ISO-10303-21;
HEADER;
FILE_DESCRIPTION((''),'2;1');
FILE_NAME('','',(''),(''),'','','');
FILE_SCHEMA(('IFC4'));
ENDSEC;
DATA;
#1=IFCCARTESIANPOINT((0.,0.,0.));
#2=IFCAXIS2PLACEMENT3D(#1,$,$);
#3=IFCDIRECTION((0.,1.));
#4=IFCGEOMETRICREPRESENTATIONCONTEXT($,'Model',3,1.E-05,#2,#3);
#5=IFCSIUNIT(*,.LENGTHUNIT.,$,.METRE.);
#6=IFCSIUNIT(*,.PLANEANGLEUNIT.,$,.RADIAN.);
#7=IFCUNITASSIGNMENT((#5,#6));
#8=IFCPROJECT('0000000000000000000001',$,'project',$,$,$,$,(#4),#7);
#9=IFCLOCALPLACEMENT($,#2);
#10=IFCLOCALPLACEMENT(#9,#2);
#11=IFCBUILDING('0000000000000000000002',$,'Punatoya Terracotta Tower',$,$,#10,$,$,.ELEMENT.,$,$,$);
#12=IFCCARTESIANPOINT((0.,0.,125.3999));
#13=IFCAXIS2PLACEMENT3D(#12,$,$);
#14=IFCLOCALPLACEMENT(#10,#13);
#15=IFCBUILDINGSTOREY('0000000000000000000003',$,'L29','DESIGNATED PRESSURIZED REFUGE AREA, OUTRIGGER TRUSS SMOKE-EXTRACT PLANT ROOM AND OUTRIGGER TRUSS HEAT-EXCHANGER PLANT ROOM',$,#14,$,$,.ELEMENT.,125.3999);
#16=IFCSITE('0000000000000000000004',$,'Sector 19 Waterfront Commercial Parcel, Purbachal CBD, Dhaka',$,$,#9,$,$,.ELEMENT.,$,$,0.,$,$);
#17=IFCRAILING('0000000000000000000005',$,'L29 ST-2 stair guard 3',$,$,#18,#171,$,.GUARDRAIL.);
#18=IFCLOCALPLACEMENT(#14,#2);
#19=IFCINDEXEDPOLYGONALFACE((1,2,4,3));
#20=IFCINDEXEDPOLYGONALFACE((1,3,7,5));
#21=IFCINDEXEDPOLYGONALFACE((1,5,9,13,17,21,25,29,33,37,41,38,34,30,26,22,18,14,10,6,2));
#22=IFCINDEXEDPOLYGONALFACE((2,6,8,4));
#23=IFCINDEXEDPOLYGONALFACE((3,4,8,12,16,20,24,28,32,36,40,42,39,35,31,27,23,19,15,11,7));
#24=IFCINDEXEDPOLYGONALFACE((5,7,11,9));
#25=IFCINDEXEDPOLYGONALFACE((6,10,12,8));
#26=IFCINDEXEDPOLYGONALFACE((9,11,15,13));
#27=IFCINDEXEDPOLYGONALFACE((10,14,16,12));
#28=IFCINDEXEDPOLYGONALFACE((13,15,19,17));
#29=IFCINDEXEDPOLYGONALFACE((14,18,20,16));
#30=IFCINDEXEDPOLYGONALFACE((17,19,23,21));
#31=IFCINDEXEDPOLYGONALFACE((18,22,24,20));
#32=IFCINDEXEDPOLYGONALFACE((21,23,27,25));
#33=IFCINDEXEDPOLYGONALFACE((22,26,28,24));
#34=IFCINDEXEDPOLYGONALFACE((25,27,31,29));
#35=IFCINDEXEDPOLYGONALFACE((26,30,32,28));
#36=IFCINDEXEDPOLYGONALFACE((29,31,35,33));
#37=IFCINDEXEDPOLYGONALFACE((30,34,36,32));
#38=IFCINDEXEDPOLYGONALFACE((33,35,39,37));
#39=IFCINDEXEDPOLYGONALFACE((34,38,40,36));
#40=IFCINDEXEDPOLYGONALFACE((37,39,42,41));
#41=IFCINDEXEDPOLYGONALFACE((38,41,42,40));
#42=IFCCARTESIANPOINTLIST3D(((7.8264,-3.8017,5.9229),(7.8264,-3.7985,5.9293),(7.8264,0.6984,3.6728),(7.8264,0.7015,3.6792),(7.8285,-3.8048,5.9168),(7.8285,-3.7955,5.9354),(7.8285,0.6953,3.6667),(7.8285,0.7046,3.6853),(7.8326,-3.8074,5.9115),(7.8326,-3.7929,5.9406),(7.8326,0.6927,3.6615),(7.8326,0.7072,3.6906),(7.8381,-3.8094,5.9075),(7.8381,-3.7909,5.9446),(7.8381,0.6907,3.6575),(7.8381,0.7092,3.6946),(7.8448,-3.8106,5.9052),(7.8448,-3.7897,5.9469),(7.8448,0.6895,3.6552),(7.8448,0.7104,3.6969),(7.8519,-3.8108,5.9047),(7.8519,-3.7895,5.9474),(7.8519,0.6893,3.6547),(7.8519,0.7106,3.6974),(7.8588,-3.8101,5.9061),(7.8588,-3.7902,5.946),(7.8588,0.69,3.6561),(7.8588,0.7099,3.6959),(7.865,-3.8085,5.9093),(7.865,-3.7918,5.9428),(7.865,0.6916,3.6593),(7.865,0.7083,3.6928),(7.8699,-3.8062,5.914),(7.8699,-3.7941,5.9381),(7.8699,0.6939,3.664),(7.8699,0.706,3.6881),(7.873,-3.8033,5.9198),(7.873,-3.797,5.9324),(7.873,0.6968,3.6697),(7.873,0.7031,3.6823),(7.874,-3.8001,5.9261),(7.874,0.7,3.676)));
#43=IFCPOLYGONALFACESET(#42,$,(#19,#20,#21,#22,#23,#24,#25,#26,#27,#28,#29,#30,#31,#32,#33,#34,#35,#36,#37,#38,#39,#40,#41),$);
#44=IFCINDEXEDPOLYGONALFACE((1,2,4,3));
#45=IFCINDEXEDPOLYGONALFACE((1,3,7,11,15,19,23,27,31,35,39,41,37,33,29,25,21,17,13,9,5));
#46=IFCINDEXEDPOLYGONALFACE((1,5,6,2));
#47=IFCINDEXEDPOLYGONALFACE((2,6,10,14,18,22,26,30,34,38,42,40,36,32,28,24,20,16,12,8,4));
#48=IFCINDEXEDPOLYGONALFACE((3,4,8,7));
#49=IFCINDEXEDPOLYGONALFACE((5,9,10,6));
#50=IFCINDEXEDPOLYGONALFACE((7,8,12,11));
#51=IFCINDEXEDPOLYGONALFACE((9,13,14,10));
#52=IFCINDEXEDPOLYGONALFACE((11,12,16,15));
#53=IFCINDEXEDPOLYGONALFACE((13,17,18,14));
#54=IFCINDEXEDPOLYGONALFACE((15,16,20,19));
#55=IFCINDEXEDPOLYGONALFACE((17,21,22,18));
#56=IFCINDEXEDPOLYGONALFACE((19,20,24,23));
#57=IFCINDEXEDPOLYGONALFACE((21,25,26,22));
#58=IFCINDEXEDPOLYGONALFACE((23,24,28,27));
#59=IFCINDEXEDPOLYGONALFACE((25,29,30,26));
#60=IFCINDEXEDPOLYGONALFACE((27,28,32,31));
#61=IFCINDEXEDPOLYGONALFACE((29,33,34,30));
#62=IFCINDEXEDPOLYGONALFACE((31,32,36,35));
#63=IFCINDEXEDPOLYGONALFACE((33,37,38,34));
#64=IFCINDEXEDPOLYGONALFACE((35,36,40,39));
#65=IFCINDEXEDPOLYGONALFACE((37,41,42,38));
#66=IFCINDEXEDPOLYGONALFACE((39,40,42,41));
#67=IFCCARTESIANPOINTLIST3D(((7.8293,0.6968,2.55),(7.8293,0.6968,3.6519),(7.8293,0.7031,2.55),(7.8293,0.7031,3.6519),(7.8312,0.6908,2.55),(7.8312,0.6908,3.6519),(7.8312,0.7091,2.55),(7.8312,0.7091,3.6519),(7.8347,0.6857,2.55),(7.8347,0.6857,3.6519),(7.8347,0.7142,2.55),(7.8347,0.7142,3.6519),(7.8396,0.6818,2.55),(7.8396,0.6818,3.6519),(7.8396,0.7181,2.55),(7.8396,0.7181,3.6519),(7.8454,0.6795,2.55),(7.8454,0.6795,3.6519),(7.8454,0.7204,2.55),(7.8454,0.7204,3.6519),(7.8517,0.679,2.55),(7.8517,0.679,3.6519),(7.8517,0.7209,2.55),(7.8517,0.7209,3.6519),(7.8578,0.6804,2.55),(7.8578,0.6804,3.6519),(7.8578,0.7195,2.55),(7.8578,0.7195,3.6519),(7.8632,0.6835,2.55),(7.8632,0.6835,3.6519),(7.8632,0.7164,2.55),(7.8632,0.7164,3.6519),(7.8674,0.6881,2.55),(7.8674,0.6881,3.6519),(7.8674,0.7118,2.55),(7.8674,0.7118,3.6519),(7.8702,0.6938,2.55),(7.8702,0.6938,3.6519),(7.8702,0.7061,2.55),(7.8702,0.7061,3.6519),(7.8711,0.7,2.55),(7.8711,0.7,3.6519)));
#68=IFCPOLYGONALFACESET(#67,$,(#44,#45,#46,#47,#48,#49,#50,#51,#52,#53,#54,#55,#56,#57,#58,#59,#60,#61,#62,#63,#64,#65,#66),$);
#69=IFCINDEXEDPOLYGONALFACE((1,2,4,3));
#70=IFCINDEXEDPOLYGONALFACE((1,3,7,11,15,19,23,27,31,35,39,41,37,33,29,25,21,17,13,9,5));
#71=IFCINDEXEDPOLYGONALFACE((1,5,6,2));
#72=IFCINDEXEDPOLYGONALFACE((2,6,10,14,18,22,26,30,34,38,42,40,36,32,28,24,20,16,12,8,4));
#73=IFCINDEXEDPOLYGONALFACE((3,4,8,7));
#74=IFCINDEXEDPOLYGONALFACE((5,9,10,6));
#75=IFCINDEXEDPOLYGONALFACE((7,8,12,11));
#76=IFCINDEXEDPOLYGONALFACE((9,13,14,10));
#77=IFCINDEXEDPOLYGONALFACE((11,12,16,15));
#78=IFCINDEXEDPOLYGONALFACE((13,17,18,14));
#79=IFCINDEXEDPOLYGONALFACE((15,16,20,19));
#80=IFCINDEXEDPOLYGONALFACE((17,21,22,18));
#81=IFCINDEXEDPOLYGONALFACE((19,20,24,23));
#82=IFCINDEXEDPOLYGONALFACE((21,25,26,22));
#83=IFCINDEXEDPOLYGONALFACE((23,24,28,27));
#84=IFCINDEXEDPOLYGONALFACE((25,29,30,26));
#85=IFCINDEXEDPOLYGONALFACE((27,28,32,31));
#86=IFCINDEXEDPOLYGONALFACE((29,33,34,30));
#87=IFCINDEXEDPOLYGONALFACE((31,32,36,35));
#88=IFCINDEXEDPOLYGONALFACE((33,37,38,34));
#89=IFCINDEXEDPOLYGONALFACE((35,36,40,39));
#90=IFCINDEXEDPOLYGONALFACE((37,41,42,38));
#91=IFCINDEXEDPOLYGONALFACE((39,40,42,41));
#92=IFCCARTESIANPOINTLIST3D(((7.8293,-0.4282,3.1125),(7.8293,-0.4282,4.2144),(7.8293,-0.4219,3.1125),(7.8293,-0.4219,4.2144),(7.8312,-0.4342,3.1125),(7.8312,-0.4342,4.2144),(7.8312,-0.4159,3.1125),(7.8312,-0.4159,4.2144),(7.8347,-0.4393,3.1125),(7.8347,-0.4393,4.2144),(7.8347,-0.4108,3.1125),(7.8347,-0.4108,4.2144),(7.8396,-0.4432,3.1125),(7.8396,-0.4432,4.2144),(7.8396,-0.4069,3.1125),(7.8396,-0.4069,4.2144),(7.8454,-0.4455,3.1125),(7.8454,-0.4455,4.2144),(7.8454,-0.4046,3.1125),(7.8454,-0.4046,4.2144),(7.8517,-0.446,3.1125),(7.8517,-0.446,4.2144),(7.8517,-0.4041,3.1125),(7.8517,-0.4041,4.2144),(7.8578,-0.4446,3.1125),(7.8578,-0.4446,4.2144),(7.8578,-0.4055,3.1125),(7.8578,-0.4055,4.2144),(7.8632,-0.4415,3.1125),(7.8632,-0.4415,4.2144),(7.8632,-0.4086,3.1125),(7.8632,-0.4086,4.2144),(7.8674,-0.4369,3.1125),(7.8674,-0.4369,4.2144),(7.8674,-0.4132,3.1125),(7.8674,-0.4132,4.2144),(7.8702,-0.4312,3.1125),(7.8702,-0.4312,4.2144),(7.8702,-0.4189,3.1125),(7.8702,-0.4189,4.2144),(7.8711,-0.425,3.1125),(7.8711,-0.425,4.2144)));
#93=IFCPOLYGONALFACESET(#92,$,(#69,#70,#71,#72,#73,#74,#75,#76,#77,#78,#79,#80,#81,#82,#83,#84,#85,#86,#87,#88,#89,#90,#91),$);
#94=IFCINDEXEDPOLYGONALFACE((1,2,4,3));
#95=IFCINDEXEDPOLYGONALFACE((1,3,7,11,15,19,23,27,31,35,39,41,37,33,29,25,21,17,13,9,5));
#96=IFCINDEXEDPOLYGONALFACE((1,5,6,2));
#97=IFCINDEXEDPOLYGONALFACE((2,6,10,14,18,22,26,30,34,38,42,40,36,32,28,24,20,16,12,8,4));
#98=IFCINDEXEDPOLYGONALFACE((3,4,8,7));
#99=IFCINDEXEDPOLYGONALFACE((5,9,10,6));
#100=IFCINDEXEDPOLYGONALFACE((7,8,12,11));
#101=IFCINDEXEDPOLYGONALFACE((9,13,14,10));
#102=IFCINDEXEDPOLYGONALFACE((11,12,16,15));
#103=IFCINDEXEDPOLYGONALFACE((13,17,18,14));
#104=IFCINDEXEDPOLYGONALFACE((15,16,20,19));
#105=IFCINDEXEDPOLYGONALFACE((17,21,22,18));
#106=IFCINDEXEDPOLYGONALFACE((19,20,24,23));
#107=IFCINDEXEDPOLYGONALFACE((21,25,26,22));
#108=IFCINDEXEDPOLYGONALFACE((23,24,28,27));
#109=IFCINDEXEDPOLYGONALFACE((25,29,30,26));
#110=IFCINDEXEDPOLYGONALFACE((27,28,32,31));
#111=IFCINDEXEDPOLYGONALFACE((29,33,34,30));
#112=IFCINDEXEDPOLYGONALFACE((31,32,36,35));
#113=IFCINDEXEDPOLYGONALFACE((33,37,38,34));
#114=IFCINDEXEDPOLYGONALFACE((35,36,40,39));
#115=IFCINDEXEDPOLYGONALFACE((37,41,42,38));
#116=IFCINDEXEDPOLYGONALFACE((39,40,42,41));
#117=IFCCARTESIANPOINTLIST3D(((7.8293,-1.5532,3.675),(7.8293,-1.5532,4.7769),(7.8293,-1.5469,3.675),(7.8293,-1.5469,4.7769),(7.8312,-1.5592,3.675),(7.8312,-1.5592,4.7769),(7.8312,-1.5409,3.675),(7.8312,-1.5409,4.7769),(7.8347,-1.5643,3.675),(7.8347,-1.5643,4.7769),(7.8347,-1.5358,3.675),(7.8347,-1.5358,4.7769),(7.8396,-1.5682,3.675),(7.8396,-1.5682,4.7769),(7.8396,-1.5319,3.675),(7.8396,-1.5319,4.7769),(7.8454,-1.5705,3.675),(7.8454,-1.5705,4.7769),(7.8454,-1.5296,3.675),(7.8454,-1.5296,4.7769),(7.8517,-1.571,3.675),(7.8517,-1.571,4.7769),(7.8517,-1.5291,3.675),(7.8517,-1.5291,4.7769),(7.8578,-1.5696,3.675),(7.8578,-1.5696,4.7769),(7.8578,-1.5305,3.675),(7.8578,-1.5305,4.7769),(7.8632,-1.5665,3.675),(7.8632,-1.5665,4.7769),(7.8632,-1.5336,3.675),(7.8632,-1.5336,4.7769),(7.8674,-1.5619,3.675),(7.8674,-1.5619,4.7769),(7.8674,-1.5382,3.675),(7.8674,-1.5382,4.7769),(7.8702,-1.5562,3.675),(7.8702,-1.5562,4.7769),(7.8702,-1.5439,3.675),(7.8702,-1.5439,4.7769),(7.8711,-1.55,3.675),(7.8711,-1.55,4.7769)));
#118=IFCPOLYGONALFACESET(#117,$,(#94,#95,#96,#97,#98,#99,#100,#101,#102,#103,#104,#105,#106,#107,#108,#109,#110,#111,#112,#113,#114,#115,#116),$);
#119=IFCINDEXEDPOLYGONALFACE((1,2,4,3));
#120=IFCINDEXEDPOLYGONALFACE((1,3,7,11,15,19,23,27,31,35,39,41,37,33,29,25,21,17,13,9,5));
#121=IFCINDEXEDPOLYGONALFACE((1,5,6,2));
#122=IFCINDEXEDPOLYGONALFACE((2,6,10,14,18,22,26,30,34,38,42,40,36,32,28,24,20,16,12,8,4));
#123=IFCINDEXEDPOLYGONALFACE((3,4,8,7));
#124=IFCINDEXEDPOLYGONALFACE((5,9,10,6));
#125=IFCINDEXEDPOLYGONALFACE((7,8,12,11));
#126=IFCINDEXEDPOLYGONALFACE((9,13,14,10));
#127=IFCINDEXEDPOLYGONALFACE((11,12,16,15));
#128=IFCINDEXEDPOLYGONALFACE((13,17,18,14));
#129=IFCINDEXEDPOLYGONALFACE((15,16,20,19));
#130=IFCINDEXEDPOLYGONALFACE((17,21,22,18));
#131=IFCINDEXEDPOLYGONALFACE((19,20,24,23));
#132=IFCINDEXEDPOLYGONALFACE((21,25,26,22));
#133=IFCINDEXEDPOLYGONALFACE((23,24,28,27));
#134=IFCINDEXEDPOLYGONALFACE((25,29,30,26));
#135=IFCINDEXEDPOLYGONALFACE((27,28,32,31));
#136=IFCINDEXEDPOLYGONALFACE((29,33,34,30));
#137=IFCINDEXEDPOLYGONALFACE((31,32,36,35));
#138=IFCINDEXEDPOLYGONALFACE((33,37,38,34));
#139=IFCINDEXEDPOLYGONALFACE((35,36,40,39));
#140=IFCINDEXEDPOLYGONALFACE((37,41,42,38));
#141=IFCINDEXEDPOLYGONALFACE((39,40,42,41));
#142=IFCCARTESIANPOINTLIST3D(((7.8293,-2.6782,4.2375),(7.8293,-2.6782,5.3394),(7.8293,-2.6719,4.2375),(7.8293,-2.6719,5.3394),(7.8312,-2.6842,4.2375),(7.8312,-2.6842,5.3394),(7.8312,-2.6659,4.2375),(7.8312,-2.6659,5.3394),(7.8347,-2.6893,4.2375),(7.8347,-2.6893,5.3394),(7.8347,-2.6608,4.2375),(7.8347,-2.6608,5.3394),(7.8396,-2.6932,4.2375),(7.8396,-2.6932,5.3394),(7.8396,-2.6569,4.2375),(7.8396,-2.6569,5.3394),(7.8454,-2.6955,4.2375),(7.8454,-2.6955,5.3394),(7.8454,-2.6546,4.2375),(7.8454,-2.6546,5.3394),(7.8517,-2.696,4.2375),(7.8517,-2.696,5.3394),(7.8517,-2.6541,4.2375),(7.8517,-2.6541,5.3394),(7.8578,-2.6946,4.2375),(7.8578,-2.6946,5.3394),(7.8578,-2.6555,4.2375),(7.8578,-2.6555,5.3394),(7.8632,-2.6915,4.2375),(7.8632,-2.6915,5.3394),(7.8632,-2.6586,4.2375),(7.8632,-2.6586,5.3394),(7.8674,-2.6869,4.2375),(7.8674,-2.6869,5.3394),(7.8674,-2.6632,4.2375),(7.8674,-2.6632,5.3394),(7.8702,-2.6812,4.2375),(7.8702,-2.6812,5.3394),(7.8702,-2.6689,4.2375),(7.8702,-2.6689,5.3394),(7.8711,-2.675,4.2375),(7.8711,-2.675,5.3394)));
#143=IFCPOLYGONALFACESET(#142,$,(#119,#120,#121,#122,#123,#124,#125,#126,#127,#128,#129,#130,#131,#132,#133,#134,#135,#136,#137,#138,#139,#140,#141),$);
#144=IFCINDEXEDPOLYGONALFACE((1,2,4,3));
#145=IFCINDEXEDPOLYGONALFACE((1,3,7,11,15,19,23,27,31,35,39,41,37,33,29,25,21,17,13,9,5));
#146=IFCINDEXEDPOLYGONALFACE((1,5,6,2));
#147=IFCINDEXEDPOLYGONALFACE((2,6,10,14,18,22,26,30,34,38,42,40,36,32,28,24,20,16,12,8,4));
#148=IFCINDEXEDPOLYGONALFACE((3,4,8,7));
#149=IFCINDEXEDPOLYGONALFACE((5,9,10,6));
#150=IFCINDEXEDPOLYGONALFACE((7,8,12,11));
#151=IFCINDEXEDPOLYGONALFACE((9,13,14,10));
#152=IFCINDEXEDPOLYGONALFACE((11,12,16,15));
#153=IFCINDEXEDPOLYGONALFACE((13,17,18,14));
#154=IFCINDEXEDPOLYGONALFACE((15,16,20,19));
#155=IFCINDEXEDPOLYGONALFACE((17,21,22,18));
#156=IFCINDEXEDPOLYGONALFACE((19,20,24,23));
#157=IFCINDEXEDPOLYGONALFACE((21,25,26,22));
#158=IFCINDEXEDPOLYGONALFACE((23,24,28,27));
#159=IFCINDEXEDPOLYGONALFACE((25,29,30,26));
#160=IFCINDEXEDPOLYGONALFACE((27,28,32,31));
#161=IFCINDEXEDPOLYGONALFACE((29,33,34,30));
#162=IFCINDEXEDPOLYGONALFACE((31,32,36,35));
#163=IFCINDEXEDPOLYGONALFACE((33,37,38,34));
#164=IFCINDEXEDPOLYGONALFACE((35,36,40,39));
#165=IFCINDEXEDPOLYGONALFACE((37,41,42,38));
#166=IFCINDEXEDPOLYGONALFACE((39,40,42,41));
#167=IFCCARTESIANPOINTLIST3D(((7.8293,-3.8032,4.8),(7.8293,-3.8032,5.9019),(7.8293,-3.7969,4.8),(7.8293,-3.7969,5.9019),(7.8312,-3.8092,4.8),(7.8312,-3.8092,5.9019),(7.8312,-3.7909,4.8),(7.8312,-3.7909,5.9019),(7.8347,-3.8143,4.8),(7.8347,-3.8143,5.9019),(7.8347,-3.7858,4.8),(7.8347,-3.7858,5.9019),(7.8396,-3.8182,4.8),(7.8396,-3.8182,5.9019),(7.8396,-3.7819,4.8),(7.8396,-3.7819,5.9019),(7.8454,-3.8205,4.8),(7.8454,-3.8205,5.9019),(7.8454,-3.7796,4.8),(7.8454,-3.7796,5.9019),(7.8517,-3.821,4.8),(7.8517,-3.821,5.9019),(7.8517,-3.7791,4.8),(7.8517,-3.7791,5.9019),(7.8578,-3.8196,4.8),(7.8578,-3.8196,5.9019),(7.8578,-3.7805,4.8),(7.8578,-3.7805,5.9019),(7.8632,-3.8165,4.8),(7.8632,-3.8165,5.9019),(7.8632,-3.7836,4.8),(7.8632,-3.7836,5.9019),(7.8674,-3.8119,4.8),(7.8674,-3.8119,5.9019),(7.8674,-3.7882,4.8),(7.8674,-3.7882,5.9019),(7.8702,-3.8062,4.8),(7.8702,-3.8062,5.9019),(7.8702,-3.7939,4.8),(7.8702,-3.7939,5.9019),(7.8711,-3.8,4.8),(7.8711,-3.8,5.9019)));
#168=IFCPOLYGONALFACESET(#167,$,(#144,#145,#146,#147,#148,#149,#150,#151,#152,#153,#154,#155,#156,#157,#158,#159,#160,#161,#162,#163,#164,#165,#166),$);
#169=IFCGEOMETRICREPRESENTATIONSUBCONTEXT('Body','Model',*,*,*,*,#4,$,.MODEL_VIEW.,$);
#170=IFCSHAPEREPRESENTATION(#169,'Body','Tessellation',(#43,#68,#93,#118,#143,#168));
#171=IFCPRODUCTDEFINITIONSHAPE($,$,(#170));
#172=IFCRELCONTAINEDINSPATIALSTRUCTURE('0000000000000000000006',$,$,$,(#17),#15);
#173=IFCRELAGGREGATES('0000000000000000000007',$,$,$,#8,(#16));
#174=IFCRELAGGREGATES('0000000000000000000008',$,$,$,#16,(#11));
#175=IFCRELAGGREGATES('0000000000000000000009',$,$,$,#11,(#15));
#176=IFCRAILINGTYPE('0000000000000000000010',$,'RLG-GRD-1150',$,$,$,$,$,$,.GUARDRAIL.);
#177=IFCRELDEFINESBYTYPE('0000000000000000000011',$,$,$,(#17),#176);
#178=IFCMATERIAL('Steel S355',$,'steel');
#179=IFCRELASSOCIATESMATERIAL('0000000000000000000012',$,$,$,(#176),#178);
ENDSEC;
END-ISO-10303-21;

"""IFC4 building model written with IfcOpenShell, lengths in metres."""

from ifc_helpers import new_model, si_unit, direction, frame, origin, origin_2d, place, context, subcontext, project, spatial, circle, extrude, material, type_object, element, save


model = new_model("IFC4")

# Units and contexts
model_context = context("Model", 3, precision=1e-05, world=origin(), true_north=direction((0.0, 1.0)))
body_context = subcontext(model_context, "Body", "Model", "MODEL_VIEW")
ifc_project = project(units=[si_unit("LENGTHUNIT", "METRE"), si_unit("PLANEANGLEUNIT", "RADIAN")], contexts=[model_context])

# Site, building, storey
site_placement = place(None, origin())
site = spatial("IfcSite", under=ifc_project, at=site_placement, Name="Sector 19 Waterfront Commercial Parcel, Purbachal CBD, Dhaka", CompositionType="ELEMENT", RefElevation=0.0)
building_placement = place(site_placement, origin())
building = spatial("IfcBuilding", under=site, at=building_placement, Name="Punatoya Terracotta Tower", CompositionType="ELEMENT")
storey_placement = place(building_placement, frame((0.0, 0.0, 125.3999)))
storey = spatial("IfcBuildingStorey", under=building, at=storey_placement, Name="L29", Description="DESIGNATED PRESSURIZED REFUGE AREA, OUTRIGGER TRUSS SMOKE-EXTRACT PLANT ROOM AND OUTRIGGER TRUSS HEAT-EXCHANGER PLANT ROOM", CompositionType="ELEMENT", Elevation=125.3999)

# Shared definitions
ifc_material_1 = material(Name="Steel S355", Category="steel")

# Railing
railing_type_1 = type_object("IfcRailingType", Name="RLG-GRD-1150", PredefinedType="GUARDRAIL", material=ifc_material_1)
railing_1_placement = place(storey_placement, frame((7.8501, 0.7, 2.55)))
element("IfcRailing", 1, at=railing_1_placement, inside=storey, type_object=railing_type_1, Name="L29 ST-2 stair guard 3", PredefinedType="GUARDRAIL", context=body_context, shape_type="SweptSolid", body=[
    extrude(circle(Radius=0.0239, at=origin_2d()), frame((0.0, 0.0, 1.126), z_axis=(0.0, -0.894427, 0.447214), x_axis=(1.0, 0.0, 0.0)), (0.0, 0.0, 1.0), 5.0312),
    extrude(circle(Radius=0.021, at=origin_2d()), origin(), (0.0, 0.0, 1.0), 1.1018),
    extrude(circle(Radius=0.021, at=origin_2d()), frame((0.0, -1.125, 0.5625)), (0.0, 0.0, 1.0), 1.1018),
    extrude(circle(Radius=0.021, at=origin_2d()), frame((0.0, -2.25, 1.125)), (0.0, 0.0, 1.0), 1.1018),
    extrude(circle(Radius=0.021, at=origin_2d()), frame((0.0, -3.375, 1.6875)), (0.0, 0.0, 1.0), 1.1018),
    extrude(circle(Radius=0.021, at=origin_2d()), frame((0.0, -4.5, 2.25)), (0.0, 0.0, 1.0), 1.1018),
])

save(model, "model.ifc")
